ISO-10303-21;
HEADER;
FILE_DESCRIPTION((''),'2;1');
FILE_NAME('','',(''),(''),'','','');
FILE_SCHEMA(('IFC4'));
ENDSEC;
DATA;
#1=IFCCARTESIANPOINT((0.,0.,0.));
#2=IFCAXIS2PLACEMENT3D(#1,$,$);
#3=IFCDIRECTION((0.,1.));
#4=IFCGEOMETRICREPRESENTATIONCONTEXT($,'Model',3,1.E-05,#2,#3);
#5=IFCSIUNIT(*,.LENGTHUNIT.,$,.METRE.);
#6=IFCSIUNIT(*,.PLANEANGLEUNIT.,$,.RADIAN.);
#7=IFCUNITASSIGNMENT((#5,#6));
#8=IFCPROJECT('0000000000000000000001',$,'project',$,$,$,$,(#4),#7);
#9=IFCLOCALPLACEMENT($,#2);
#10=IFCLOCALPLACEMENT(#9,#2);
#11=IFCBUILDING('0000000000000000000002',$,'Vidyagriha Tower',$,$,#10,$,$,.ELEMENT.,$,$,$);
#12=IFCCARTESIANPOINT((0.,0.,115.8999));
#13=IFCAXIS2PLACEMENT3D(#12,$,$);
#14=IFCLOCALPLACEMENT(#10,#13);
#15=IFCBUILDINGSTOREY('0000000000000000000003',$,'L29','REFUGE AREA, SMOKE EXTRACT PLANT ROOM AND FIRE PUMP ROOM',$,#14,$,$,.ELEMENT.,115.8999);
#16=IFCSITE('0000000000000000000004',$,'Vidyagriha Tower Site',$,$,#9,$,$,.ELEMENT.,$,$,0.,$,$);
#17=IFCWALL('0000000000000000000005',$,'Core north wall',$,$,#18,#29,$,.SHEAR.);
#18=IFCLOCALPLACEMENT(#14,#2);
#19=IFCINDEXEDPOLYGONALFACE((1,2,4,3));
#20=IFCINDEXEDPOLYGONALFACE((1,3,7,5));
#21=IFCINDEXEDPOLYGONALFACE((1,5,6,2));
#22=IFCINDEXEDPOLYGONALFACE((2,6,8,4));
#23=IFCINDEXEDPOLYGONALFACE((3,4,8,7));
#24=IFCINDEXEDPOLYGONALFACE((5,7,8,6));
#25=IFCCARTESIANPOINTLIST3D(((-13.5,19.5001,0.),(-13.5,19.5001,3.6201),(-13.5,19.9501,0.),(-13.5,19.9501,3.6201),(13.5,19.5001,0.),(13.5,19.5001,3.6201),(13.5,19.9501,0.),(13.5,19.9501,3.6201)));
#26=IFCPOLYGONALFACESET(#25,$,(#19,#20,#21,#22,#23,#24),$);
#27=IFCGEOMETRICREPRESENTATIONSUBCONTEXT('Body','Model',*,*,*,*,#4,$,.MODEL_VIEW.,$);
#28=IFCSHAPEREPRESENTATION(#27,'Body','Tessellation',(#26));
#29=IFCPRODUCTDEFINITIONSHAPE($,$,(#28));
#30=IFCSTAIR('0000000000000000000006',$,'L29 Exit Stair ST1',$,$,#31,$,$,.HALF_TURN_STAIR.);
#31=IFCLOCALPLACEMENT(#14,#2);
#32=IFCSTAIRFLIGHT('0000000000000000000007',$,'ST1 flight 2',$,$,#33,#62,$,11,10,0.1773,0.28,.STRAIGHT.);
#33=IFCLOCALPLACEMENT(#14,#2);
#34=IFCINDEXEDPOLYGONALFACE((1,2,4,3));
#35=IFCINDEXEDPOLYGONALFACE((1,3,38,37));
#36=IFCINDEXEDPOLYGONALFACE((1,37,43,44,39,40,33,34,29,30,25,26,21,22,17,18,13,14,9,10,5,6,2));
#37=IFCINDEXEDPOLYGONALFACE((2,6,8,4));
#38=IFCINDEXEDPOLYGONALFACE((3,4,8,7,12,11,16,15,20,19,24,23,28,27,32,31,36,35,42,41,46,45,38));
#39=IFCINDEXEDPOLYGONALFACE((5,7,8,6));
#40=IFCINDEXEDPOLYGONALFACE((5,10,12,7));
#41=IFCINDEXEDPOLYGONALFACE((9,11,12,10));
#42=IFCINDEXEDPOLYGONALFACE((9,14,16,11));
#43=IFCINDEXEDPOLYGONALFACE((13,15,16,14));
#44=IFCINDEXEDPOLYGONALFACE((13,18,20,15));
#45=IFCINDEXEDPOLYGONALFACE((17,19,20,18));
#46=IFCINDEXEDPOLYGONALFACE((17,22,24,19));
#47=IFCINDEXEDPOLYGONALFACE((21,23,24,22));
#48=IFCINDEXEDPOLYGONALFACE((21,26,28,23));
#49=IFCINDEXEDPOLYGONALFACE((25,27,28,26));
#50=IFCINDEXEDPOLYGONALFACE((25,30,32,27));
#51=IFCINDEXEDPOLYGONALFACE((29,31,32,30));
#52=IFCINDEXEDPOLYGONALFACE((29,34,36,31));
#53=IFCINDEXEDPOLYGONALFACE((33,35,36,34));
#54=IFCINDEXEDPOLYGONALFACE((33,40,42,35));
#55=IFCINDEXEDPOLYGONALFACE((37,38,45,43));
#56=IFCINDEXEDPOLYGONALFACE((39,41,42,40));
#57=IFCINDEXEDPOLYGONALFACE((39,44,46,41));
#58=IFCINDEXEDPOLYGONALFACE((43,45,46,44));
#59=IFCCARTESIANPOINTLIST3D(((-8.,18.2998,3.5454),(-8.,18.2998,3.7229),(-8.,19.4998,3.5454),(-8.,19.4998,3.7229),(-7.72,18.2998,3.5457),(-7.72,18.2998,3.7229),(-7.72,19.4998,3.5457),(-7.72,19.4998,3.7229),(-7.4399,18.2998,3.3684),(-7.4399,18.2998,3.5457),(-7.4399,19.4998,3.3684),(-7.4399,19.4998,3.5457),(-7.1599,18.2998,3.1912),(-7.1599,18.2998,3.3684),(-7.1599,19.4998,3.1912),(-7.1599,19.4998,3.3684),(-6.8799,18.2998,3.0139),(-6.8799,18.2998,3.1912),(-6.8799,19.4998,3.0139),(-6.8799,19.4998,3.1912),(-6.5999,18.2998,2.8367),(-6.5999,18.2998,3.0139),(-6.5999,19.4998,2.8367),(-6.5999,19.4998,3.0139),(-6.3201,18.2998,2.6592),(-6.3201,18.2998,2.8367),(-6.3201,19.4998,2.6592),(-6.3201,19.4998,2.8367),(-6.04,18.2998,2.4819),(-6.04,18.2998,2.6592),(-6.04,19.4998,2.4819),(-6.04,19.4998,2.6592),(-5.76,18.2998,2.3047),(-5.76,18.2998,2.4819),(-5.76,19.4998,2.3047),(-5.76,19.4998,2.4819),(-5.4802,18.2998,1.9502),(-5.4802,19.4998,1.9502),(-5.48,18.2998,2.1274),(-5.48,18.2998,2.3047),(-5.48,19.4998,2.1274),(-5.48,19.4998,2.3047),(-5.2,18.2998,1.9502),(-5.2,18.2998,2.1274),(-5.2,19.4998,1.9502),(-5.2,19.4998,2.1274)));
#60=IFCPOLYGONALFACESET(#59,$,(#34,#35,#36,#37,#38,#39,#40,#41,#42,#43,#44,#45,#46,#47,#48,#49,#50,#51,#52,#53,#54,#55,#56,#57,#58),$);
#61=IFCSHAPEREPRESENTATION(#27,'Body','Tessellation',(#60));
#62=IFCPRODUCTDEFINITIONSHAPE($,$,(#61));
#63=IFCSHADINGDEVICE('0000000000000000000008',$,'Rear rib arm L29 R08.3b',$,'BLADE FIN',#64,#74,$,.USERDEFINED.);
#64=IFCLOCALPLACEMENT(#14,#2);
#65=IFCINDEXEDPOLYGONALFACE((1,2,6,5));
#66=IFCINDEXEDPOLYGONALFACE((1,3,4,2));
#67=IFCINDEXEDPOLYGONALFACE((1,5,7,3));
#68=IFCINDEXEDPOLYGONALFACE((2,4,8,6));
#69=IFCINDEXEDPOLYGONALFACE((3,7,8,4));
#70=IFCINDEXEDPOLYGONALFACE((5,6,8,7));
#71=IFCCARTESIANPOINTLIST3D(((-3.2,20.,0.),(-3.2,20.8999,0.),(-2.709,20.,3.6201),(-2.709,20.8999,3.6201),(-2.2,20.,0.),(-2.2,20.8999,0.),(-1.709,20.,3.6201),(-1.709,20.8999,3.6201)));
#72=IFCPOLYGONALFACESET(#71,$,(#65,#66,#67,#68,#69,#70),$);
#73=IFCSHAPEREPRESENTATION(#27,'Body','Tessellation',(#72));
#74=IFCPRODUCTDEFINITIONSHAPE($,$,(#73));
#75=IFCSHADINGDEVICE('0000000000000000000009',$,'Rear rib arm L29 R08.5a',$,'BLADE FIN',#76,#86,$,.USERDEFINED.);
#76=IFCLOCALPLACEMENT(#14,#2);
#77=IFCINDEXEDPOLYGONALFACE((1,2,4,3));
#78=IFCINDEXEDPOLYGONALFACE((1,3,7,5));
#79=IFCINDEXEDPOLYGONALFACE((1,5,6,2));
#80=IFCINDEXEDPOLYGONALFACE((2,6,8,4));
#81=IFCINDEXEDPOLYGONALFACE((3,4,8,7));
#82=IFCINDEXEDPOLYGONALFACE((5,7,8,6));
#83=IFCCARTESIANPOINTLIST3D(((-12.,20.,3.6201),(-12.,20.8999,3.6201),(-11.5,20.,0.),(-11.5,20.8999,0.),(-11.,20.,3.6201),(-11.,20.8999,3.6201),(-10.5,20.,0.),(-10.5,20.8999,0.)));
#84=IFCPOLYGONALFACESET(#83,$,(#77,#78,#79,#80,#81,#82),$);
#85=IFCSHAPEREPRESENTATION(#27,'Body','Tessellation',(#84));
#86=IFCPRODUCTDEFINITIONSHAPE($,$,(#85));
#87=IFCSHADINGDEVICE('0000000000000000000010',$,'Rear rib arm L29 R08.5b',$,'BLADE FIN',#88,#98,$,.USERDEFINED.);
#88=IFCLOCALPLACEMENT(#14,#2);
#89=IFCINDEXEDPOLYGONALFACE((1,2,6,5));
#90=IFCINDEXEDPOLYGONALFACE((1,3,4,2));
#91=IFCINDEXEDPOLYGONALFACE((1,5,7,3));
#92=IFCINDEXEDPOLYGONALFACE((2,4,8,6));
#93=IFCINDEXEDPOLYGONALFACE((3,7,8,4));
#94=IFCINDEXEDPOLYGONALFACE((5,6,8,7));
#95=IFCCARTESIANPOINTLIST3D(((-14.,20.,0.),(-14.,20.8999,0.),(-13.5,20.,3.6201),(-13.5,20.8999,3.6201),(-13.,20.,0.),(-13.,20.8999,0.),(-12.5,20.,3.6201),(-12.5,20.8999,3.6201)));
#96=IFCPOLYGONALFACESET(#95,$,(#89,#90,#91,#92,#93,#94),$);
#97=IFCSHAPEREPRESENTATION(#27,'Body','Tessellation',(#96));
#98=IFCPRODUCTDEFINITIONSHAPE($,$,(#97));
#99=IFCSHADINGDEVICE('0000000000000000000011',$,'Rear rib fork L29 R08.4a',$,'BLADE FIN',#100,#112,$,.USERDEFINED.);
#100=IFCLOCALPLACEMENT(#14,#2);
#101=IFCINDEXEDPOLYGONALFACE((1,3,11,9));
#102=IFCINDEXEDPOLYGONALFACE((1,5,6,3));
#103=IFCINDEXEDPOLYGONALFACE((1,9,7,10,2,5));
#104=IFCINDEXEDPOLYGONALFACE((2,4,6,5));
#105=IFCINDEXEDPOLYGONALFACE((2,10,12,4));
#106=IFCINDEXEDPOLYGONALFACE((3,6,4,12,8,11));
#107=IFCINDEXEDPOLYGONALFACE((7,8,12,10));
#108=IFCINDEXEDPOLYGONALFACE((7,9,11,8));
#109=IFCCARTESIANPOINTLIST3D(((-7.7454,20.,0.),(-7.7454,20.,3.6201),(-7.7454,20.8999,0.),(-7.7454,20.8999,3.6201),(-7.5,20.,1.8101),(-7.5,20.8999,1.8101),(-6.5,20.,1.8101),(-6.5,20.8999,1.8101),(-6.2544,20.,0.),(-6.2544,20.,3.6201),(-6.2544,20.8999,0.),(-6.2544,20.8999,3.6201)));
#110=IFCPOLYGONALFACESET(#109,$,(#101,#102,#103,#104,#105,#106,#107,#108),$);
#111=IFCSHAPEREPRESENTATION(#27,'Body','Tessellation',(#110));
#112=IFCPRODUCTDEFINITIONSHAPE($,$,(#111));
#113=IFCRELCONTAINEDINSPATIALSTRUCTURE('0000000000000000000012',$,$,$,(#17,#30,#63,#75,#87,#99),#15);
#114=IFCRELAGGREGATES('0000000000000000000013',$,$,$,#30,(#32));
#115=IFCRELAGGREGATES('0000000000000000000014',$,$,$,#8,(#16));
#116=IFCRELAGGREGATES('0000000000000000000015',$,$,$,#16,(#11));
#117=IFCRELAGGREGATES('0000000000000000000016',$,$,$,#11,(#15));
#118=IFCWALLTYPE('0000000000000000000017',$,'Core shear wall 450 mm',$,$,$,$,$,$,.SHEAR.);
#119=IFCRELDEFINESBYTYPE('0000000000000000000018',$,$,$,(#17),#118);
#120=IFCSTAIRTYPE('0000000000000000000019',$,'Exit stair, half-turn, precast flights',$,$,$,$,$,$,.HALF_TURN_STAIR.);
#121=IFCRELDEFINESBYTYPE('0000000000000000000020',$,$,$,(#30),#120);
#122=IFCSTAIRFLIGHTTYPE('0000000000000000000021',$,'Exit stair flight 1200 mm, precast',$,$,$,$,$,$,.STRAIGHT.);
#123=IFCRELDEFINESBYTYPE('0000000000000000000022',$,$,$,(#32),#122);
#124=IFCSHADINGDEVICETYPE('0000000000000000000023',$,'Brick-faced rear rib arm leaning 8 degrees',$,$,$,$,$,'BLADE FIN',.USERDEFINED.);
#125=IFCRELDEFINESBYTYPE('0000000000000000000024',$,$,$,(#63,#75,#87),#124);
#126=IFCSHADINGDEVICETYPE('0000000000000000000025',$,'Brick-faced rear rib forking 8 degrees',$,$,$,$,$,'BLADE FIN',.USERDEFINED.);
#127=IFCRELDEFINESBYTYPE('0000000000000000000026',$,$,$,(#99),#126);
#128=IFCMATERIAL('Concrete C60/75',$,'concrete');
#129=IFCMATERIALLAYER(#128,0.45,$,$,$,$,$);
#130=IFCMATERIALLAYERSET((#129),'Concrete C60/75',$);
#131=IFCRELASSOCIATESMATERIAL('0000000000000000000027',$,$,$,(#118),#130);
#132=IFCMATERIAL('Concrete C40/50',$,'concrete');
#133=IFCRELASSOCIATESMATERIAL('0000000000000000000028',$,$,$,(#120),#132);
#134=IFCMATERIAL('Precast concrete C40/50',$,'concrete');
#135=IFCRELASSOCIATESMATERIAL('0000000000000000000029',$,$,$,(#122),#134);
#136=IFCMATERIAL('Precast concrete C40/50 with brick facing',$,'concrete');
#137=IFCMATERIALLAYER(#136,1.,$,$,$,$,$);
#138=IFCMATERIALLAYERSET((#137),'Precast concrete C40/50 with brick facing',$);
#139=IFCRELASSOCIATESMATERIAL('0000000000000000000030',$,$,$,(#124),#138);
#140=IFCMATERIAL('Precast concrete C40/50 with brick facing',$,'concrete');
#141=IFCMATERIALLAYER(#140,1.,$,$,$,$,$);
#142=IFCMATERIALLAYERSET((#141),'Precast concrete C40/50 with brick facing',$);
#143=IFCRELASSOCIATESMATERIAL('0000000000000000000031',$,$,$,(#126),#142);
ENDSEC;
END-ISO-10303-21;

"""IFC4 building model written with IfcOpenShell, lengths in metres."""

from ifc_helpers import new_model, si_unit, direction, frame, frame_2d, origin, place, context, subcontext, project, spatial, polyline, rectangle, outline, extrude, material, layer, layer_set, type_object, element, aggregate, save


model = new_model("IFC4")

# Units and contexts
model_context = context("Model", 3, precision=1e-05, world=origin(), true_north=direction((0.0, 1.0)))
body_context = subcontext(model_context, "Body", "Model", "MODEL_VIEW")
ifc_project = project(units=[si_unit("LENGTHUNIT", "METRE"), si_unit("PLANEANGLEUNIT", "RADIAN")], contexts=[model_context])

# Site, building, storey
site_placement = place(None, origin())
site = spatial("IfcSite", under=ifc_project, at=site_placement, Name="Vidyagriha Tower Site", CompositionType="ELEMENT", RefElevation=0.0)
building_placement = place(site_placement, origin())
building = spatial("IfcBuilding", under=site, at=building_placement, Name="Vidyagriha Tower", CompositionType="ELEMENT")
storey_placement = place(building_placement, frame((0.0, 0.0, 115.8999)))
storey = spatial("IfcBuildingStorey", under=building, at=storey_placement, Name="L29", Description="REFUGE AREA, SMOKE EXTRACT PLANT ROOM AND FIRE PUMP ROOM", CompositionType="ELEMENT", Elevation=115.8999)

# Wall
ifc_material_1 = material(Name="Concrete C60/75", Category="concrete")
ifc_layer_1 = layer(ifc_material_1, 0.45)
ifc_layer_set_1 = layer_set([ifc_layer_1], Name="Concrete C60/75")
wall_type = type_object("IfcWallType", Name="Core shear wall 450 mm", PredefinedType="SHEAR", material=ifc_layer_set_1)
wall_placement = place(storey_placement, frame((-13.5, 19.7251, 0.0)))
element("IfcWall", 1, at=wall_placement, inside=storey, type_object=wall_type, Name="Core north wall", PredefinedType="SHEAR", context=body_context, shape_type="SweptSolid", body=[
    extrude(rectangle(XDim=27.0, YDim=0.45, at=frame_2d((13.5, 0.0))), origin(), (0.0, 0.0, 1.0), 3.6201),
])

# Stair, stair flight
ifc_material_2 = material(Name="Concrete C40/50", Category="concrete")
stair_type = type_object("IfcStairType", Name="Exit stair, half-turn, precast flights", PredefinedType="HALF_TURN_STAIR", material=ifc_material_2)
stair_placement = place(storey_placement, origin())
stair = element("IfcStair", 2, at=stair_placement, inside=storey, type_object=stair_type, Name="L29 Exit Stair ST1", PredefinedType="HALF_TURN_STAIR")
ifc_material_3 = material(Name="Precast concrete C40/50", Category="concrete")
stair_flight_type = type_object("IfcStairFlightType", Name="Exit stair flight 1200 mm, precast", PredefinedType="STRAIGHT", material=ifc_material_3)
stair_flight_placement = place(storey_placement, frame((-5.2, 18.8999, 1.9502), z_axis=(0.0, 0.0, 1.0), x_axis=(-1.0, 0.0, 0.0)))
stair_flight = element("IfcStairFlight", 3, at=stair_flight_placement, type_object=stair_flight_type, Name="ST1 flight 2", NumberOfRisers=11, NumberOfTreads=10, PredefinedType="STRAIGHT", RiserHeight=0.1773, TreadLength=0.28, context=body_context, shape_type="SweptSolid", body=[
    extrude(outline(polyline([(0.0, 0.0), (0.0, 0.1772), (0.28, 0.1772), (0.28, 0.3545), (0.5601, 0.3545), (0.5601, 0.5317), (0.8401, 0.5317), (0.8401, 0.709), (1.1201, 0.709), (1.1201, 0.8865), (1.3999, 0.8865), (1.3999, 1.0637), (1.6799, 1.0637), (1.6799, 1.241), (1.96, 1.241), (1.96, 1.4182), (2.24, 1.4182), (2.24, 1.5955), (2.52, 1.5955), (2.52, 1.7727), (2.8, 1.7727), (2.8, 1.95), (2.8, 1.5952), (0.2803, 0.0), (0.0, 0.0)])), frame((0.0, 0.6001, 0.0), z_axis=(0.0, -1.0, 0.0), x_axis=(1.0, 0.0, 0.0)), (0.0, 0.0, 1.0), 1.2),
])
aggregate(stair, [stair_flight])

# Shading devices
ifc_material_4 = material(Name="Precast concrete C40/50 with brick facing", Category="concrete")
ifc_layer_2 = layer(ifc_material_4, 1.0)
ifc_layer_set_2 = layer_set([ifc_layer_2], Name="Precast concrete C40/50 with brick facing")
shading_device_type_1 = type_object("IfcShadingDeviceType", Name="Brick-faced rear rib arm leaning 8 degrees", ElementType="BLADE FIN", PredefinedType="USERDEFINED", material=ifc_layer_set_2)
shading_device_1_placement = place(storey_placement, frame((-1.709, 20.45, 0.0), z_axis=(0.0, 0.0, 1.0), x_axis=(-1.0, 0.0, 0.0)))
element("IfcShadingDevice", 4, at=shading_device_1_placement, inside=storey, type_object=shading_device_type_1, Name="Rear rib arm L29 R08.3b", ObjectType="BLADE FIN", PredefinedType="USERDEFINED", context=body_context, shape_type="SweptSolid", body=[
    extrude(outline(polyline([(0.491, 0.0), (1.491, 0.0), (1.0, 3.6201), (0.0, 3.6201), (0.491, 0.0)])), frame((0.0, 0.45, 0.0), z_axis=(0.0, -1.0, 0.0), x_axis=(1.0, 0.0, 0.0)), (0.0, 0.0, 1.0), 0.8999),
])
shading_device_2_placement = place(storey_placement, frame((-10.5, 20.45, 0.0), z_axis=(0.0, 0.0, 1.0), x_axis=(-1.0, 0.0, 0.0)))
element("IfcShadingDevice", 5, at=shading_device_2_placement, inside=storey, type_object=shading_device_type_1, Name="Rear rib arm L29 R08.5a", ObjectType="BLADE FIN", PredefinedType="USERDEFINED", context=body_context, shape_type="SweptSolid", body=[
    extrude(outline(polyline([(0.0, 0.0), (1.0, 0.0), (1.5, 3.6201), (0.5, 3.6201), (0.0, 0.0)])), frame((0.0, 0.45, 0.0), z_axis=(0.0, -1.0, 0.0), x_axis=(1.0, 0.0, 0.0)), (0.0, 0.0, 1.0), 0.8999),
])
shading_device_3_placement = place(storey_placement, frame((-12.5, 20.45, 0.0), z_axis=(0.0, 0.0, 1.0), x_axis=(-1.0, 0.0, 0.0)))
element("IfcShadingDevice", 6, at=shading_device_3_placement, inside=storey, type_object=shading_device_type_1, Name="Rear rib arm L29 R08.5b", ObjectType="BLADE FIN", PredefinedType="USERDEFINED", context=body_context, shape_type="SweptSolid", body=[
    extrude(outline(polyline([(0.5, 0.0), (1.5, 0.0), (1.0, 3.6201), (0.0, 3.6201), (0.5, 0.0)])), frame((0.0, 0.45, 0.0), z_axis=(0.0, -1.0, 0.0), x_axis=(1.0, 0.0, 0.0)), (0.0, 0.0, 1.0), 0.8999),
])
ifc_material_5 = material(Name="Precast concrete C40/50 with brick facing", Category="concrete")
ifc_layer_3 = layer(ifc_material_5, 1.0)
ifc_layer_set_3 = layer_set([ifc_layer_3], Name="Precast concrete C40/50 with brick facing")
shading_device_type_2 = type_object("IfcShadingDeviceType", Name="Brick-faced rear rib forking 8 degrees", ElementType="BLADE FIN", PredefinedType="USERDEFINED", material=ifc_layer_set_3)
shading_device_4_placement = place(storey_placement, frame((-6.2544, 20.45, 0.0), z_axis=(0.0, 0.0, 1.0), x_axis=(-1.0, 0.0, 0.0)))
element("IfcShadingDevice", 7, at=shading_device_4_placement, inside=storey, type_object=shading_device_type_2, Name="Rear rib fork L29 R08.4a", ObjectType="BLADE FIN", PredefinedType="USERDEFINED", context=body_context, shape_type="SweptSolid", body=[
    extrude(outline(polyline([(0.0, 0.0), (1.491, 0.0), (1.2456, 1.8101), (1.491, 3.6201), (0.0, 3.6201), (0.2456, 1.8101), (0.0, 0.0)])), frame((0.0, 0.45, 0.0), z_axis=(0.0, -1.0, 0.0), x_axis=(1.0, 0.0, 0.0)), (0.0, 0.0, 1.0), 0.8999),
])

save(model, "model.ifc")
